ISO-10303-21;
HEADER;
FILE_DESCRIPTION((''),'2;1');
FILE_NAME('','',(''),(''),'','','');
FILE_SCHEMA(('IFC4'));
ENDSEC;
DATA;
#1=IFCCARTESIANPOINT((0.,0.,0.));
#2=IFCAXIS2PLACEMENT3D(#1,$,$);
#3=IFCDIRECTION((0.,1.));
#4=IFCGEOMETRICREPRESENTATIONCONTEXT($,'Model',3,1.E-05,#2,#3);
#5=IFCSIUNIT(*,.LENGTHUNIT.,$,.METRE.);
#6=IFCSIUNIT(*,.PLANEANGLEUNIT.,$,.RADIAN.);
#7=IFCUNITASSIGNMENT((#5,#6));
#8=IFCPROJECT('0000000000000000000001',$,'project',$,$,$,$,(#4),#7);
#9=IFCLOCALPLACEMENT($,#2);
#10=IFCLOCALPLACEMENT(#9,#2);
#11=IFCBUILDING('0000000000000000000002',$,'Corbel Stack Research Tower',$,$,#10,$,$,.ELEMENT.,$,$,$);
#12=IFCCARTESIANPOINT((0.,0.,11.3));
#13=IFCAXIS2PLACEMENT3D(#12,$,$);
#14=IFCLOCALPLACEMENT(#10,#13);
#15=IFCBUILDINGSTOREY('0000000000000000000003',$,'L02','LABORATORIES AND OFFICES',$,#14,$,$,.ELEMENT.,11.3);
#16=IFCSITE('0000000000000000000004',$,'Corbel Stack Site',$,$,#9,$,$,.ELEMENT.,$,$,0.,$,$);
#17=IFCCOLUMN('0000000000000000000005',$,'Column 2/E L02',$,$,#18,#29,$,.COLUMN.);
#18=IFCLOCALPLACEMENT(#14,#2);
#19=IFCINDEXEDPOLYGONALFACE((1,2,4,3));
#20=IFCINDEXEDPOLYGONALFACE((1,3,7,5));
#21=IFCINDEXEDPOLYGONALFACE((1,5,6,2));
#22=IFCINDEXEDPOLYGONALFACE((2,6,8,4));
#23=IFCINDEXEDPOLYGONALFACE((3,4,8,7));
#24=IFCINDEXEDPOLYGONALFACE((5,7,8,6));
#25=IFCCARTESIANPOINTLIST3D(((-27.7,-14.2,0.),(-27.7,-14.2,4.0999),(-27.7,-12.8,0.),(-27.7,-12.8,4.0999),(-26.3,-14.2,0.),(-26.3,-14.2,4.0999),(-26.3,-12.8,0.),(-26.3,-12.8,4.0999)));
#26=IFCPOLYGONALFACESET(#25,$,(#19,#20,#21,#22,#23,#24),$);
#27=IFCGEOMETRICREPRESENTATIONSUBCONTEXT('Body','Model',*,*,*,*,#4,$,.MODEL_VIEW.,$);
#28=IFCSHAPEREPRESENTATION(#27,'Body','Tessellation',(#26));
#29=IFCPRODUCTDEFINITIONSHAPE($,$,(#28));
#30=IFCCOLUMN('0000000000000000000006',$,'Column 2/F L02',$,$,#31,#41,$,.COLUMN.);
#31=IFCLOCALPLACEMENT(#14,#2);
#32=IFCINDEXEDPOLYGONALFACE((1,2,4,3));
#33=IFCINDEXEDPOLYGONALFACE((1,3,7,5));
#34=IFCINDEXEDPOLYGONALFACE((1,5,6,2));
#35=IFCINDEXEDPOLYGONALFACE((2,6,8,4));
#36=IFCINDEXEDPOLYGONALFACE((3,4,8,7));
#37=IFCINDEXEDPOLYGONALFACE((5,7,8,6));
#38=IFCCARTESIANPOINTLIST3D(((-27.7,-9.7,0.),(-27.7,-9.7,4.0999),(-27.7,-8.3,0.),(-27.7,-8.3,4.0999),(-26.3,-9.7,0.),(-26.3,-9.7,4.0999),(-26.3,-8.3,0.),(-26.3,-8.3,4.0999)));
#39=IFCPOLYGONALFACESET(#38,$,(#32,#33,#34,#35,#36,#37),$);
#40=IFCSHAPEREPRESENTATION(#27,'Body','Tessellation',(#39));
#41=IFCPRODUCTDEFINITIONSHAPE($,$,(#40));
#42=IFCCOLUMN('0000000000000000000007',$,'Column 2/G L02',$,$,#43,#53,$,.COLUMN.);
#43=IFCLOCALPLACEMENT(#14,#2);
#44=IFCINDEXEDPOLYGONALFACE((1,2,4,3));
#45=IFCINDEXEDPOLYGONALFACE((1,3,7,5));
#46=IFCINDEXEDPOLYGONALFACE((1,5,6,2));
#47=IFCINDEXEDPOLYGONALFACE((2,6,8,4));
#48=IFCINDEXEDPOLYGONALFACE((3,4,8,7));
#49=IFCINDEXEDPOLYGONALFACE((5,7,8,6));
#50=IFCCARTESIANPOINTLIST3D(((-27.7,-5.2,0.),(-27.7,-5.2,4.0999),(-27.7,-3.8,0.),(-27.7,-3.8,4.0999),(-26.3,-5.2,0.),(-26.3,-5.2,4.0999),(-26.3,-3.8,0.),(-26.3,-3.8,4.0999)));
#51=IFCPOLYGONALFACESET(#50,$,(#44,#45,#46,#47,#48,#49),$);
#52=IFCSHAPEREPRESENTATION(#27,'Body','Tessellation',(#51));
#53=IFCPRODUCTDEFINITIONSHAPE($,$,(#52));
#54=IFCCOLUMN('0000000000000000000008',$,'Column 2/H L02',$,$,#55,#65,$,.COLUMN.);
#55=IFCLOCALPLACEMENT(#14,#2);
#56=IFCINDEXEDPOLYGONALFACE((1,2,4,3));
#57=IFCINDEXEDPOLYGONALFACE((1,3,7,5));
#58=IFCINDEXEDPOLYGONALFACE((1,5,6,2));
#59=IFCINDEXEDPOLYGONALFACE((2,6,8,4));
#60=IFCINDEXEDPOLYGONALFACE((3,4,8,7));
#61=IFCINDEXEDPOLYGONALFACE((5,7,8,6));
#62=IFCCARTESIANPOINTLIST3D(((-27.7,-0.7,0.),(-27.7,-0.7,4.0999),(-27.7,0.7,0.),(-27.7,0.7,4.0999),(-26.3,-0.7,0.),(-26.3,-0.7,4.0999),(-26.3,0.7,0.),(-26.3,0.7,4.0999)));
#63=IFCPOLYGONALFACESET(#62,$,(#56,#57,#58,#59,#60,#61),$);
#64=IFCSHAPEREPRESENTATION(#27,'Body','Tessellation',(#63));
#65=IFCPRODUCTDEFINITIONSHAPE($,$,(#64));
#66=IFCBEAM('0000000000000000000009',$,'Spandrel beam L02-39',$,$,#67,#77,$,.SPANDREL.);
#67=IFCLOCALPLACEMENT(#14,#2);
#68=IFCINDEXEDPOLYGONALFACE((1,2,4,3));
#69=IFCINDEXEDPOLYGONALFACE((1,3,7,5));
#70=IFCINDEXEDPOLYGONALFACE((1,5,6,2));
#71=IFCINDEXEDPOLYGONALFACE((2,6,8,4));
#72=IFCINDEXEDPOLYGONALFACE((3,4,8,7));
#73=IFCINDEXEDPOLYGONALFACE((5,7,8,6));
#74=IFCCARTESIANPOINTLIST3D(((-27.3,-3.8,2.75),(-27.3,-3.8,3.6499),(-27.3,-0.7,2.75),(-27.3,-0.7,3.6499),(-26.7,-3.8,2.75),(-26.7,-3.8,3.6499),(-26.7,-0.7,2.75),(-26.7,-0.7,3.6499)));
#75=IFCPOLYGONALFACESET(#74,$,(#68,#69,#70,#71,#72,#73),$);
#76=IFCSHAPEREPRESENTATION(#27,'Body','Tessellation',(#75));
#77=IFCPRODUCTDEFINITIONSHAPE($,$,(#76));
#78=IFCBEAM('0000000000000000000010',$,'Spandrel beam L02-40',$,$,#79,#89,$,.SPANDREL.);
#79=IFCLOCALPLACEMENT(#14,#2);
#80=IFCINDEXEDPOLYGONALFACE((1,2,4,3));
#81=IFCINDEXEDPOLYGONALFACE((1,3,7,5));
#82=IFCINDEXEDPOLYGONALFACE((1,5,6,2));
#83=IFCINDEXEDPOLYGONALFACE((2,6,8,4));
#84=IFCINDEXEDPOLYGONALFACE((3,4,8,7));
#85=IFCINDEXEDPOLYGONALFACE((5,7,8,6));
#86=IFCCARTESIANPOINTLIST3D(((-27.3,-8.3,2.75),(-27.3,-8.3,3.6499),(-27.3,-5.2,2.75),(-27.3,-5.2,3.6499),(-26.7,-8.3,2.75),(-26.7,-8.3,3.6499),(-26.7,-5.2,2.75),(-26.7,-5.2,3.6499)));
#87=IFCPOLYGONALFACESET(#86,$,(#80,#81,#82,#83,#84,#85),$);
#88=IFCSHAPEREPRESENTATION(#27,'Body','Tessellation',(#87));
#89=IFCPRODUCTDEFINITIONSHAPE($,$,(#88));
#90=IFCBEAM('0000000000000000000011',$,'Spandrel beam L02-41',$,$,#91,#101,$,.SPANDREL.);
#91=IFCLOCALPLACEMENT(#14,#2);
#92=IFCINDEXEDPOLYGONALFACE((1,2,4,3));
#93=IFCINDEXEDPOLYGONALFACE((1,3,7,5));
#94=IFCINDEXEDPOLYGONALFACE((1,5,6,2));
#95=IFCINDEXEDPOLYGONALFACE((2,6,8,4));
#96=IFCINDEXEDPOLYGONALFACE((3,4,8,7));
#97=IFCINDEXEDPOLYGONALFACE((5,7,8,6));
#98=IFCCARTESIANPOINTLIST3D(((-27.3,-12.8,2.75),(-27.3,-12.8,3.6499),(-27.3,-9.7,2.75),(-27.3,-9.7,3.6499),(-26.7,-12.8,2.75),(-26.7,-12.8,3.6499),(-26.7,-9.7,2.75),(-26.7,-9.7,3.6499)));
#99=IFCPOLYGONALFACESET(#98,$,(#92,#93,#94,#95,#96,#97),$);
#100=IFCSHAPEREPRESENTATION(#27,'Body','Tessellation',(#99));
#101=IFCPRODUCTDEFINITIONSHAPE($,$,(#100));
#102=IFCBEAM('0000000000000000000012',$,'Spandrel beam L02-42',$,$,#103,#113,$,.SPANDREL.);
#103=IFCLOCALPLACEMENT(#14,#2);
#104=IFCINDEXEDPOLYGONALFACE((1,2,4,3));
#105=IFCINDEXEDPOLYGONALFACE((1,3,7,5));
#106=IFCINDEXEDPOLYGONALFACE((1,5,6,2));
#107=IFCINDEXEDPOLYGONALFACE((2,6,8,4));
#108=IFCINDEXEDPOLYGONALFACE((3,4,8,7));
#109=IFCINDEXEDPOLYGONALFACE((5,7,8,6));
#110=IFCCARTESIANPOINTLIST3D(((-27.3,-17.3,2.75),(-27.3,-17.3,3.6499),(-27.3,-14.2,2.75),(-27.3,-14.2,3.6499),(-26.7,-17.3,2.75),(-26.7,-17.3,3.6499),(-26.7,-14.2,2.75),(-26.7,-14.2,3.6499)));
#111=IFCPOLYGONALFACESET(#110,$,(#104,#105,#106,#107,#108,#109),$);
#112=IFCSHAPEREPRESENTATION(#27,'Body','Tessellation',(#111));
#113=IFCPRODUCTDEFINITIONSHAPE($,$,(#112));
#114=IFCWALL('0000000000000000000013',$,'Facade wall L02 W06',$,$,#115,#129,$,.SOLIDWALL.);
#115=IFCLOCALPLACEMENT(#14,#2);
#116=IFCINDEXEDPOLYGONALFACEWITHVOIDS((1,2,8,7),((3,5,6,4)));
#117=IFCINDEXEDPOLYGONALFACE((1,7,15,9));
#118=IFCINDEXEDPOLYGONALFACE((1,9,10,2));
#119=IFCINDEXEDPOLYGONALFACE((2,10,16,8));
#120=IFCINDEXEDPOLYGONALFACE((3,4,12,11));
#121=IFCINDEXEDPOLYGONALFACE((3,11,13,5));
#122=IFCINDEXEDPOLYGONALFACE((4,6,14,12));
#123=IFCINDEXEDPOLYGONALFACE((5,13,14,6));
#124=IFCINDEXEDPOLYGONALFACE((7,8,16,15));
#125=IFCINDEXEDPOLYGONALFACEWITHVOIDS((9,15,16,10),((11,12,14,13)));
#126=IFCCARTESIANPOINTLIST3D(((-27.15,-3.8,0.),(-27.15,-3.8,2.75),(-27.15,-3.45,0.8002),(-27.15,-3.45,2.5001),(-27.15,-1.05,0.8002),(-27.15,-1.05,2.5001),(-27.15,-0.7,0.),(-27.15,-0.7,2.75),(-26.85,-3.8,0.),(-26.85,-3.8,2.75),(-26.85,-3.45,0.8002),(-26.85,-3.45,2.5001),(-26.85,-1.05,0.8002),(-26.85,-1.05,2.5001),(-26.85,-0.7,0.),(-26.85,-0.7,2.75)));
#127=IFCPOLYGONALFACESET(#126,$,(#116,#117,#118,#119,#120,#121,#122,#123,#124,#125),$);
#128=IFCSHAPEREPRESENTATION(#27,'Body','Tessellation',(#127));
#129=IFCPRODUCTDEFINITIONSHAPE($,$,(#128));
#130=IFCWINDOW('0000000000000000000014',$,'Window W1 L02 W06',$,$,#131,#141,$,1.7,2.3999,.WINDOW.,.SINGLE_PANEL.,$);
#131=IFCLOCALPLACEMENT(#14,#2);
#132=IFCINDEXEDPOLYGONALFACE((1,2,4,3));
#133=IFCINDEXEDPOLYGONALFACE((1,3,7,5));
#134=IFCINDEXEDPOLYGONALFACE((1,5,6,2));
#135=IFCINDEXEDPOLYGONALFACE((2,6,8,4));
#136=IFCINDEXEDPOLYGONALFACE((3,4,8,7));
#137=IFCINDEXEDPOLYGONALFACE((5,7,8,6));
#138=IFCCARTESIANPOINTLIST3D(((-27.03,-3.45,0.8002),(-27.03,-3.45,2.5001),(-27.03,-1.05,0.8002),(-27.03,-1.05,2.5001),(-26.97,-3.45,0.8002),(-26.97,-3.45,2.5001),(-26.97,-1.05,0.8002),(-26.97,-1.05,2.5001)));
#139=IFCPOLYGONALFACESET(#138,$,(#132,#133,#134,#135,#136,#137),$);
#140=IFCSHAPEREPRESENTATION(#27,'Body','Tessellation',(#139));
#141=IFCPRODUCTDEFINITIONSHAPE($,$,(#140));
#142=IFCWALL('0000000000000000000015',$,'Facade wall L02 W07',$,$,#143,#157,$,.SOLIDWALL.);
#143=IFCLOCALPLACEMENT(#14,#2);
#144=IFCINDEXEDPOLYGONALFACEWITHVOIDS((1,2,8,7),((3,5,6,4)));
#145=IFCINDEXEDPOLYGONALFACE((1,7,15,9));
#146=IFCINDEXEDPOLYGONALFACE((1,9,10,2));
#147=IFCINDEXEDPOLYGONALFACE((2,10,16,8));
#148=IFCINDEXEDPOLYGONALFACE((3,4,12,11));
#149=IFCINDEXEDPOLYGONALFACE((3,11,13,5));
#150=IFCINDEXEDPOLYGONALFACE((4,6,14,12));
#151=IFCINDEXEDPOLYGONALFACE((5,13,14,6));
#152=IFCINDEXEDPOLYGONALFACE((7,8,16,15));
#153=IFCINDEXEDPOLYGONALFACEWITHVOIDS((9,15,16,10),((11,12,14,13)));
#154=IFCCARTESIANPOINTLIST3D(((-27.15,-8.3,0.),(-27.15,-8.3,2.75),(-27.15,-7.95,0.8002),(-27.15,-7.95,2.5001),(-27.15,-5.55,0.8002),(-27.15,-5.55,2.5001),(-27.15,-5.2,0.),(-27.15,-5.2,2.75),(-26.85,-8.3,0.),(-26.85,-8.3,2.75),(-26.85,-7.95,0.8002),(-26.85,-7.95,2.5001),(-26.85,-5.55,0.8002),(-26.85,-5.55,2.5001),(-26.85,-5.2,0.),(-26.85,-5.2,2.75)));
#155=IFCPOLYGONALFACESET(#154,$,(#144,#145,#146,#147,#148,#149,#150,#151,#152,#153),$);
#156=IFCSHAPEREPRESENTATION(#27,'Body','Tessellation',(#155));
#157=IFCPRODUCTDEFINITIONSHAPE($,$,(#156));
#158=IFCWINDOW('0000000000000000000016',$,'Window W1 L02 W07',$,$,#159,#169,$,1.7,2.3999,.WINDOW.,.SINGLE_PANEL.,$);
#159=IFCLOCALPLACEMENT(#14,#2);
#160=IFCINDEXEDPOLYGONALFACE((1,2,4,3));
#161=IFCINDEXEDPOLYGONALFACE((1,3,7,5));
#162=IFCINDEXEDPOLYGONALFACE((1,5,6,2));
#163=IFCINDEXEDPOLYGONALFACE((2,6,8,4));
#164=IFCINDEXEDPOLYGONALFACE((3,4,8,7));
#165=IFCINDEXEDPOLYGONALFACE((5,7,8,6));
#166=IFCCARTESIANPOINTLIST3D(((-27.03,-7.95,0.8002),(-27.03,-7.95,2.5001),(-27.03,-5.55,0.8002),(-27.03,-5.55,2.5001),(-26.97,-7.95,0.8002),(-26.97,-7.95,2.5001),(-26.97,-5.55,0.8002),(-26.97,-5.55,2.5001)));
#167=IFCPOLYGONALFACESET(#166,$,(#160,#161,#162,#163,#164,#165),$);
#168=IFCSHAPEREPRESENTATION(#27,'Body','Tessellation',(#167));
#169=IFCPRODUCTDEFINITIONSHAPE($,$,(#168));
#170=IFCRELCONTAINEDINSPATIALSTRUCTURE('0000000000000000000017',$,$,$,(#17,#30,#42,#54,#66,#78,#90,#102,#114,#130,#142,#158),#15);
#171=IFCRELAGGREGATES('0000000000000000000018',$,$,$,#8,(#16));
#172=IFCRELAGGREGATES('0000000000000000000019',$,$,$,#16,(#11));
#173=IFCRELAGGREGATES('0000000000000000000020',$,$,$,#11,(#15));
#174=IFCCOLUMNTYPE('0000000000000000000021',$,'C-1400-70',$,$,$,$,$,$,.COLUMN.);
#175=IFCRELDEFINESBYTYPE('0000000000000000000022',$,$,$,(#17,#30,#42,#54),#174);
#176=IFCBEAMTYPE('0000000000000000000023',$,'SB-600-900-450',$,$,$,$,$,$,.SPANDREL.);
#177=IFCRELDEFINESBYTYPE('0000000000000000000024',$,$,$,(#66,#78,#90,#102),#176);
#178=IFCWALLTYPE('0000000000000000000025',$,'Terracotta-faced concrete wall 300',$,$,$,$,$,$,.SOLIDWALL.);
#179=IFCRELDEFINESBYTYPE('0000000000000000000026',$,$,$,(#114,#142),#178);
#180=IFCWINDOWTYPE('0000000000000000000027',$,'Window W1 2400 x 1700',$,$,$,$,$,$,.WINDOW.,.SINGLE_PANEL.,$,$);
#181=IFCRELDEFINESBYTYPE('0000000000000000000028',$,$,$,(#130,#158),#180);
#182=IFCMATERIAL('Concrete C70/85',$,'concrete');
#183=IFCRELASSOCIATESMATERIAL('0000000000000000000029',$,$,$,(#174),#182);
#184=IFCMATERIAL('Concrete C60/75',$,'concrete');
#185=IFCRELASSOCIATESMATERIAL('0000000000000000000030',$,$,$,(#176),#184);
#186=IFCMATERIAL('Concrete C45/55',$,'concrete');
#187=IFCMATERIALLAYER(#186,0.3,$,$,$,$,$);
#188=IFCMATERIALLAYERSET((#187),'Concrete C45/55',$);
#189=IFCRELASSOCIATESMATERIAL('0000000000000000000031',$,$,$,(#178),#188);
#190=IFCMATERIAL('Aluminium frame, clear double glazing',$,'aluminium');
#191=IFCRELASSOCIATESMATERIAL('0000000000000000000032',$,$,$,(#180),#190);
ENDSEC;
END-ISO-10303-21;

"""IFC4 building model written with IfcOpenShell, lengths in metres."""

from ifc_helpers import new_model, si_unit, direction, frame, frame_2d, origin, origin_2d, place, context, subcontext, project, spatial, rectangle, extrude, material, layer, layer_set, material_profile, profile_set, type_object, element, fill, save


model = new_model("IFC4")

# Units and contexts
model_context = context("Model", 3, precision=1e-05, world=origin(), true_north=direction((0.0, 1.0)))
body_context = subcontext(model_context, "Body", "Model", "MODEL_VIEW")
ifc_project = project(units=[si_unit("LENGTHUNIT", "METRE"), si_unit("PLANEANGLEUNIT", "RADIAN")], contexts=[model_context])

# Site, building, storey
site_placement = place(None, origin())
site = spatial("IfcSite", under=ifc_project, at=site_placement, Name="Corbel Stack Site", CompositionType="ELEMENT", RefElevation=0.0)
building_placement = place(site_placement, origin())
building = spatial("IfcBuilding", under=site, at=building_placement, Name="Corbel Stack Research Tower", CompositionType="ELEMENT")
storey_placement = place(building_placement, frame((0.0, 0.0, 11.3)))
storey = spatial("IfcBuildingStorey", under=building, at=storey_placement, Name="L02", Description="LABORATORIES AND OFFICES", CompositionType="ELEMENT", Elevation=11.3)

# Columns
ifc_material_1 = material(Name="Concrete C70/85", Category="concrete")
ifc_material_profile_1 = material_profile(ifc_material_1, rectangle(XDim=1.3999, YDim=1.3999, at=origin_2d()), Name="RC 1400 x 1400")
ifc_profile_set_1 = profile_set([ifc_material_profile_1], Name="Concrete C70/85")
column_type = type_object("IfcColumnType", Name="C-1400-70", PredefinedType="COLUMN", material=ifc_profile_set_1)
for number, where, z_axis, x_axis, name in (
    (1, (-27.0, -13.5, 0.0), (0.0, 0.0, 1.0), (1.0, 0.0, 0.0), "Column 2/E L02"),
    (2, (-27.0, -9.0, 0.0), (0.0, 0.0, 1.0), (1.0, 0.0, 0.0), "Column 2/F L02"),
    (3, (-27.0, -4.5, 0.0), (0.0, 0.0, 1.0), (1.0, 0.0, 0.0), "Column 2/G L02"),
    (4, (-27.0, 0.0, 0.0), (0.0, 0.0, 1.0), (1.0, 0.0, 0.0), "Column 2/H L02"),
):
    element("IfcColumn", number, at=place(storey_placement, frame(where, z_axis=z_axis, x_axis=x_axis)), inside=storey, type_object=column_type, Name=name, PredefinedType="COLUMN", context=body_context, shape_type="SweptSolid", body=[
        extrude(rectangle(XDim=1.3999, YDim=1.3999, at=origin_2d()), origin(), (0.0, 0.0, 1.0), 4.0999),
    ])

# Beams
ifc_material_2 = material(Name="Concrete C60/75", Category="concrete")
ifc_material_profile_2 = material_profile(ifc_material_2, rectangle(XDim=0.6001, YDim=0.8999, at=origin_2d()), Name="RC 600 x 900")
ifc_profile_set_2 = profile_set([ifc_material_profile_2], Name="Concrete C60/75")
beam_type = type_object("IfcBeamType", Name="SB-600-900-450", PredefinedType="SPANDREL", material=ifc_profile_set_2)
for number, where, z_axis, x_axis, name in (
    (5, (-27.0, -0.7, 3.2), (0.0, -1.0, 0.0), (1.0, 0.0, 0.0), "Spandrel beam L02-39"),
    (6, (-27.0, -5.2, 3.2), (0.0, -1.0, 0.0), (1.0, 0.0, 0.0), "Spandrel beam L02-40"),
    (7, (-27.0, -9.7, 3.2), (0.0, -1.0, 0.0), (1.0, 0.0, 0.0), "Spandrel beam L02-41"),
    (8, (-27.0, -14.2, 3.2), (0.0, -1.0, 0.0), (1.0, 0.0, 0.0), "Spandrel beam L02-42"),
):
    element("IfcBeam", number, at=place(storey_placement, frame(where, z_axis=z_axis, x_axis=x_axis)), inside=storey, type_object=beam_type, Name=name, PredefinedType="SPANDREL", context=body_context, shape_type="SweptSolid", body=[
        extrude(rectangle(XDim=0.6001, YDim=0.8999, at=origin_2d()), origin(), (0.0, 0.0, 1.0), 3.1001),
    ])

# Walls, openings, windows
ifc_material_3 = material(Name="Concrete C45/55", Category="concrete")
ifc_layer = layer(ifc_material_3, 0.3)
ifc_layer_set = layer_set([ifc_layer], Name="Concrete C45/55")
wall_type = type_object("IfcWallType", Name="Terracotta-faced concrete wall 300", PredefinedType="SOLIDWALL", material=ifc_layer_set)
wall_1_placement = place(storey_placement, frame((-27.0, -3.8, 0.0), z_axis=(0.0, 0.0, 1.0), x_axis=(0.0, 1.0, 0.0)))
wall_1 = element("IfcWall", 9, at=wall_1_placement, inside=storey, type_object=wall_type, Name="Facade wall L02 W06", PredefinedType="SOLIDWALL", context=body_context, shape_type="SweptSolid", body=[
    extrude(rectangle(XDim=3.1001, YDim=0.3, at=frame_2d((1.55, 0.0))), origin(), (0.0, 0.0, 1.0), 2.75),
])
opening_1_placement = place(wall_1_placement, frame((0.3501, 0.0, 0.8)))
opening_1 = element("IfcOpeningElement", 10, at=opening_1_placement, cuts=wall_1, PredefinedType="OPENING", context=body_context, shape_type="SweptSolid", body=[
    extrude(rectangle(XDim=2.3999, YDim=1.7, at=frame_2d((1.2, 0.8501))), frame((0.0, 0.1599, 0.0), z_axis=(0.0, -1.0, 0.0), x_axis=(1.0, 0.0, 0.0)), (0.0, 0.0, 1.0), 0.3201),
])
ifc_material_4 = material(Name="Aluminium frame, clear double glazing", Category="aluminium")
window_type_1 = type_object("IfcWindowType", Name="Window W1 2400 x 1700", PartitioningType="SINGLE_PANEL", PredefinedType="WINDOW", material=ifc_material_4)
window_1_placement = place(opening_1_placement, origin())
window_1 = element("IfcWindow", 11, at=window_1_placement, inside=storey, type_object=window_type_1, Name="Window W1 L02 W06", OverallHeight=1.7, OverallWidth=2.3999, PartitioningType="SINGLE_PANEL", PredefinedType="WINDOW", context=body_context, shape_type="SweptSolid", body=[
    extrude(rectangle(XDim=2.3999, YDim=1.7, at=frame_2d((1.2, 0.8501))), frame((0.0, 0.03, 0.0), z_axis=(0.0, -1.0, 0.0), x_axis=(1.0, 0.0, 0.0)), (0.0, 0.0, 1.0), 0.0601),
])
fill(opening_1, window_1)
wall_2_placement = place(storey_placement, frame((-27.0, -8.3, 0.0), z_axis=(0.0, 0.0, 1.0), x_axis=(0.0, 1.0, 0.0)))
wall_2 = element("IfcWall", 12, at=wall_2_placement, inside=storey, type_object=wall_type, Name="Facade wall L02 W07", PredefinedType="SOLIDWALL", context=body_context, shape_type="SweptSolid", body=[
    extrude(rectangle(XDim=3.1001, YDim=0.3, at=frame_2d((1.55, 0.0))), origin(), (0.0, 0.0, 1.0), 2.75),
])
opening_2_placement = place(wall_2_placement, frame((0.3501, 0.0, 0.8)))
opening_2 = element("IfcOpeningElement", 13, at=opening_2_placement, cuts=wall_2, PredefinedType="OPENING", context=body_context, shape_type="SweptSolid", body=[
    extrude(rectangle(XDim=2.3999, YDim=1.7, at=frame_2d((1.2, 0.8501))), frame((0.0, 0.1599, 0.0), z_axis=(0.0, -1.0, 0.0), x_axis=(1.0, 0.0, 0.0)), (0.0, 0.0, 1.0), 0.3201),
])
window_2_placement = place(opening_2_placement, origin())
window_2 = element("IfcWindow", 14, at=window_2_placement, inside=storey, type_object=window_type_1, Name="Window W1 L02 W07", OverallHeight=1.7, OverallWidth=2.3999, PartitioningType="SINGLE_PANEL", PredefinedType="WINDOW", context=body_context, shape_type="SweptSolid", body=[
    extrude(rectangle(XDim=2.3999, YDim=1.7, at=frame_2d((1.2, 0.8501))), frame((0.0, 0.03, 0.0), z_axis=(0.0, -1.0, 0.0), x_axis=(1.0, 0.0, 0.0)), (0.0, 0.0, 1.0), 0.0601),
])
fill(opening_2, window_2)

save(model, "model.ifc")
